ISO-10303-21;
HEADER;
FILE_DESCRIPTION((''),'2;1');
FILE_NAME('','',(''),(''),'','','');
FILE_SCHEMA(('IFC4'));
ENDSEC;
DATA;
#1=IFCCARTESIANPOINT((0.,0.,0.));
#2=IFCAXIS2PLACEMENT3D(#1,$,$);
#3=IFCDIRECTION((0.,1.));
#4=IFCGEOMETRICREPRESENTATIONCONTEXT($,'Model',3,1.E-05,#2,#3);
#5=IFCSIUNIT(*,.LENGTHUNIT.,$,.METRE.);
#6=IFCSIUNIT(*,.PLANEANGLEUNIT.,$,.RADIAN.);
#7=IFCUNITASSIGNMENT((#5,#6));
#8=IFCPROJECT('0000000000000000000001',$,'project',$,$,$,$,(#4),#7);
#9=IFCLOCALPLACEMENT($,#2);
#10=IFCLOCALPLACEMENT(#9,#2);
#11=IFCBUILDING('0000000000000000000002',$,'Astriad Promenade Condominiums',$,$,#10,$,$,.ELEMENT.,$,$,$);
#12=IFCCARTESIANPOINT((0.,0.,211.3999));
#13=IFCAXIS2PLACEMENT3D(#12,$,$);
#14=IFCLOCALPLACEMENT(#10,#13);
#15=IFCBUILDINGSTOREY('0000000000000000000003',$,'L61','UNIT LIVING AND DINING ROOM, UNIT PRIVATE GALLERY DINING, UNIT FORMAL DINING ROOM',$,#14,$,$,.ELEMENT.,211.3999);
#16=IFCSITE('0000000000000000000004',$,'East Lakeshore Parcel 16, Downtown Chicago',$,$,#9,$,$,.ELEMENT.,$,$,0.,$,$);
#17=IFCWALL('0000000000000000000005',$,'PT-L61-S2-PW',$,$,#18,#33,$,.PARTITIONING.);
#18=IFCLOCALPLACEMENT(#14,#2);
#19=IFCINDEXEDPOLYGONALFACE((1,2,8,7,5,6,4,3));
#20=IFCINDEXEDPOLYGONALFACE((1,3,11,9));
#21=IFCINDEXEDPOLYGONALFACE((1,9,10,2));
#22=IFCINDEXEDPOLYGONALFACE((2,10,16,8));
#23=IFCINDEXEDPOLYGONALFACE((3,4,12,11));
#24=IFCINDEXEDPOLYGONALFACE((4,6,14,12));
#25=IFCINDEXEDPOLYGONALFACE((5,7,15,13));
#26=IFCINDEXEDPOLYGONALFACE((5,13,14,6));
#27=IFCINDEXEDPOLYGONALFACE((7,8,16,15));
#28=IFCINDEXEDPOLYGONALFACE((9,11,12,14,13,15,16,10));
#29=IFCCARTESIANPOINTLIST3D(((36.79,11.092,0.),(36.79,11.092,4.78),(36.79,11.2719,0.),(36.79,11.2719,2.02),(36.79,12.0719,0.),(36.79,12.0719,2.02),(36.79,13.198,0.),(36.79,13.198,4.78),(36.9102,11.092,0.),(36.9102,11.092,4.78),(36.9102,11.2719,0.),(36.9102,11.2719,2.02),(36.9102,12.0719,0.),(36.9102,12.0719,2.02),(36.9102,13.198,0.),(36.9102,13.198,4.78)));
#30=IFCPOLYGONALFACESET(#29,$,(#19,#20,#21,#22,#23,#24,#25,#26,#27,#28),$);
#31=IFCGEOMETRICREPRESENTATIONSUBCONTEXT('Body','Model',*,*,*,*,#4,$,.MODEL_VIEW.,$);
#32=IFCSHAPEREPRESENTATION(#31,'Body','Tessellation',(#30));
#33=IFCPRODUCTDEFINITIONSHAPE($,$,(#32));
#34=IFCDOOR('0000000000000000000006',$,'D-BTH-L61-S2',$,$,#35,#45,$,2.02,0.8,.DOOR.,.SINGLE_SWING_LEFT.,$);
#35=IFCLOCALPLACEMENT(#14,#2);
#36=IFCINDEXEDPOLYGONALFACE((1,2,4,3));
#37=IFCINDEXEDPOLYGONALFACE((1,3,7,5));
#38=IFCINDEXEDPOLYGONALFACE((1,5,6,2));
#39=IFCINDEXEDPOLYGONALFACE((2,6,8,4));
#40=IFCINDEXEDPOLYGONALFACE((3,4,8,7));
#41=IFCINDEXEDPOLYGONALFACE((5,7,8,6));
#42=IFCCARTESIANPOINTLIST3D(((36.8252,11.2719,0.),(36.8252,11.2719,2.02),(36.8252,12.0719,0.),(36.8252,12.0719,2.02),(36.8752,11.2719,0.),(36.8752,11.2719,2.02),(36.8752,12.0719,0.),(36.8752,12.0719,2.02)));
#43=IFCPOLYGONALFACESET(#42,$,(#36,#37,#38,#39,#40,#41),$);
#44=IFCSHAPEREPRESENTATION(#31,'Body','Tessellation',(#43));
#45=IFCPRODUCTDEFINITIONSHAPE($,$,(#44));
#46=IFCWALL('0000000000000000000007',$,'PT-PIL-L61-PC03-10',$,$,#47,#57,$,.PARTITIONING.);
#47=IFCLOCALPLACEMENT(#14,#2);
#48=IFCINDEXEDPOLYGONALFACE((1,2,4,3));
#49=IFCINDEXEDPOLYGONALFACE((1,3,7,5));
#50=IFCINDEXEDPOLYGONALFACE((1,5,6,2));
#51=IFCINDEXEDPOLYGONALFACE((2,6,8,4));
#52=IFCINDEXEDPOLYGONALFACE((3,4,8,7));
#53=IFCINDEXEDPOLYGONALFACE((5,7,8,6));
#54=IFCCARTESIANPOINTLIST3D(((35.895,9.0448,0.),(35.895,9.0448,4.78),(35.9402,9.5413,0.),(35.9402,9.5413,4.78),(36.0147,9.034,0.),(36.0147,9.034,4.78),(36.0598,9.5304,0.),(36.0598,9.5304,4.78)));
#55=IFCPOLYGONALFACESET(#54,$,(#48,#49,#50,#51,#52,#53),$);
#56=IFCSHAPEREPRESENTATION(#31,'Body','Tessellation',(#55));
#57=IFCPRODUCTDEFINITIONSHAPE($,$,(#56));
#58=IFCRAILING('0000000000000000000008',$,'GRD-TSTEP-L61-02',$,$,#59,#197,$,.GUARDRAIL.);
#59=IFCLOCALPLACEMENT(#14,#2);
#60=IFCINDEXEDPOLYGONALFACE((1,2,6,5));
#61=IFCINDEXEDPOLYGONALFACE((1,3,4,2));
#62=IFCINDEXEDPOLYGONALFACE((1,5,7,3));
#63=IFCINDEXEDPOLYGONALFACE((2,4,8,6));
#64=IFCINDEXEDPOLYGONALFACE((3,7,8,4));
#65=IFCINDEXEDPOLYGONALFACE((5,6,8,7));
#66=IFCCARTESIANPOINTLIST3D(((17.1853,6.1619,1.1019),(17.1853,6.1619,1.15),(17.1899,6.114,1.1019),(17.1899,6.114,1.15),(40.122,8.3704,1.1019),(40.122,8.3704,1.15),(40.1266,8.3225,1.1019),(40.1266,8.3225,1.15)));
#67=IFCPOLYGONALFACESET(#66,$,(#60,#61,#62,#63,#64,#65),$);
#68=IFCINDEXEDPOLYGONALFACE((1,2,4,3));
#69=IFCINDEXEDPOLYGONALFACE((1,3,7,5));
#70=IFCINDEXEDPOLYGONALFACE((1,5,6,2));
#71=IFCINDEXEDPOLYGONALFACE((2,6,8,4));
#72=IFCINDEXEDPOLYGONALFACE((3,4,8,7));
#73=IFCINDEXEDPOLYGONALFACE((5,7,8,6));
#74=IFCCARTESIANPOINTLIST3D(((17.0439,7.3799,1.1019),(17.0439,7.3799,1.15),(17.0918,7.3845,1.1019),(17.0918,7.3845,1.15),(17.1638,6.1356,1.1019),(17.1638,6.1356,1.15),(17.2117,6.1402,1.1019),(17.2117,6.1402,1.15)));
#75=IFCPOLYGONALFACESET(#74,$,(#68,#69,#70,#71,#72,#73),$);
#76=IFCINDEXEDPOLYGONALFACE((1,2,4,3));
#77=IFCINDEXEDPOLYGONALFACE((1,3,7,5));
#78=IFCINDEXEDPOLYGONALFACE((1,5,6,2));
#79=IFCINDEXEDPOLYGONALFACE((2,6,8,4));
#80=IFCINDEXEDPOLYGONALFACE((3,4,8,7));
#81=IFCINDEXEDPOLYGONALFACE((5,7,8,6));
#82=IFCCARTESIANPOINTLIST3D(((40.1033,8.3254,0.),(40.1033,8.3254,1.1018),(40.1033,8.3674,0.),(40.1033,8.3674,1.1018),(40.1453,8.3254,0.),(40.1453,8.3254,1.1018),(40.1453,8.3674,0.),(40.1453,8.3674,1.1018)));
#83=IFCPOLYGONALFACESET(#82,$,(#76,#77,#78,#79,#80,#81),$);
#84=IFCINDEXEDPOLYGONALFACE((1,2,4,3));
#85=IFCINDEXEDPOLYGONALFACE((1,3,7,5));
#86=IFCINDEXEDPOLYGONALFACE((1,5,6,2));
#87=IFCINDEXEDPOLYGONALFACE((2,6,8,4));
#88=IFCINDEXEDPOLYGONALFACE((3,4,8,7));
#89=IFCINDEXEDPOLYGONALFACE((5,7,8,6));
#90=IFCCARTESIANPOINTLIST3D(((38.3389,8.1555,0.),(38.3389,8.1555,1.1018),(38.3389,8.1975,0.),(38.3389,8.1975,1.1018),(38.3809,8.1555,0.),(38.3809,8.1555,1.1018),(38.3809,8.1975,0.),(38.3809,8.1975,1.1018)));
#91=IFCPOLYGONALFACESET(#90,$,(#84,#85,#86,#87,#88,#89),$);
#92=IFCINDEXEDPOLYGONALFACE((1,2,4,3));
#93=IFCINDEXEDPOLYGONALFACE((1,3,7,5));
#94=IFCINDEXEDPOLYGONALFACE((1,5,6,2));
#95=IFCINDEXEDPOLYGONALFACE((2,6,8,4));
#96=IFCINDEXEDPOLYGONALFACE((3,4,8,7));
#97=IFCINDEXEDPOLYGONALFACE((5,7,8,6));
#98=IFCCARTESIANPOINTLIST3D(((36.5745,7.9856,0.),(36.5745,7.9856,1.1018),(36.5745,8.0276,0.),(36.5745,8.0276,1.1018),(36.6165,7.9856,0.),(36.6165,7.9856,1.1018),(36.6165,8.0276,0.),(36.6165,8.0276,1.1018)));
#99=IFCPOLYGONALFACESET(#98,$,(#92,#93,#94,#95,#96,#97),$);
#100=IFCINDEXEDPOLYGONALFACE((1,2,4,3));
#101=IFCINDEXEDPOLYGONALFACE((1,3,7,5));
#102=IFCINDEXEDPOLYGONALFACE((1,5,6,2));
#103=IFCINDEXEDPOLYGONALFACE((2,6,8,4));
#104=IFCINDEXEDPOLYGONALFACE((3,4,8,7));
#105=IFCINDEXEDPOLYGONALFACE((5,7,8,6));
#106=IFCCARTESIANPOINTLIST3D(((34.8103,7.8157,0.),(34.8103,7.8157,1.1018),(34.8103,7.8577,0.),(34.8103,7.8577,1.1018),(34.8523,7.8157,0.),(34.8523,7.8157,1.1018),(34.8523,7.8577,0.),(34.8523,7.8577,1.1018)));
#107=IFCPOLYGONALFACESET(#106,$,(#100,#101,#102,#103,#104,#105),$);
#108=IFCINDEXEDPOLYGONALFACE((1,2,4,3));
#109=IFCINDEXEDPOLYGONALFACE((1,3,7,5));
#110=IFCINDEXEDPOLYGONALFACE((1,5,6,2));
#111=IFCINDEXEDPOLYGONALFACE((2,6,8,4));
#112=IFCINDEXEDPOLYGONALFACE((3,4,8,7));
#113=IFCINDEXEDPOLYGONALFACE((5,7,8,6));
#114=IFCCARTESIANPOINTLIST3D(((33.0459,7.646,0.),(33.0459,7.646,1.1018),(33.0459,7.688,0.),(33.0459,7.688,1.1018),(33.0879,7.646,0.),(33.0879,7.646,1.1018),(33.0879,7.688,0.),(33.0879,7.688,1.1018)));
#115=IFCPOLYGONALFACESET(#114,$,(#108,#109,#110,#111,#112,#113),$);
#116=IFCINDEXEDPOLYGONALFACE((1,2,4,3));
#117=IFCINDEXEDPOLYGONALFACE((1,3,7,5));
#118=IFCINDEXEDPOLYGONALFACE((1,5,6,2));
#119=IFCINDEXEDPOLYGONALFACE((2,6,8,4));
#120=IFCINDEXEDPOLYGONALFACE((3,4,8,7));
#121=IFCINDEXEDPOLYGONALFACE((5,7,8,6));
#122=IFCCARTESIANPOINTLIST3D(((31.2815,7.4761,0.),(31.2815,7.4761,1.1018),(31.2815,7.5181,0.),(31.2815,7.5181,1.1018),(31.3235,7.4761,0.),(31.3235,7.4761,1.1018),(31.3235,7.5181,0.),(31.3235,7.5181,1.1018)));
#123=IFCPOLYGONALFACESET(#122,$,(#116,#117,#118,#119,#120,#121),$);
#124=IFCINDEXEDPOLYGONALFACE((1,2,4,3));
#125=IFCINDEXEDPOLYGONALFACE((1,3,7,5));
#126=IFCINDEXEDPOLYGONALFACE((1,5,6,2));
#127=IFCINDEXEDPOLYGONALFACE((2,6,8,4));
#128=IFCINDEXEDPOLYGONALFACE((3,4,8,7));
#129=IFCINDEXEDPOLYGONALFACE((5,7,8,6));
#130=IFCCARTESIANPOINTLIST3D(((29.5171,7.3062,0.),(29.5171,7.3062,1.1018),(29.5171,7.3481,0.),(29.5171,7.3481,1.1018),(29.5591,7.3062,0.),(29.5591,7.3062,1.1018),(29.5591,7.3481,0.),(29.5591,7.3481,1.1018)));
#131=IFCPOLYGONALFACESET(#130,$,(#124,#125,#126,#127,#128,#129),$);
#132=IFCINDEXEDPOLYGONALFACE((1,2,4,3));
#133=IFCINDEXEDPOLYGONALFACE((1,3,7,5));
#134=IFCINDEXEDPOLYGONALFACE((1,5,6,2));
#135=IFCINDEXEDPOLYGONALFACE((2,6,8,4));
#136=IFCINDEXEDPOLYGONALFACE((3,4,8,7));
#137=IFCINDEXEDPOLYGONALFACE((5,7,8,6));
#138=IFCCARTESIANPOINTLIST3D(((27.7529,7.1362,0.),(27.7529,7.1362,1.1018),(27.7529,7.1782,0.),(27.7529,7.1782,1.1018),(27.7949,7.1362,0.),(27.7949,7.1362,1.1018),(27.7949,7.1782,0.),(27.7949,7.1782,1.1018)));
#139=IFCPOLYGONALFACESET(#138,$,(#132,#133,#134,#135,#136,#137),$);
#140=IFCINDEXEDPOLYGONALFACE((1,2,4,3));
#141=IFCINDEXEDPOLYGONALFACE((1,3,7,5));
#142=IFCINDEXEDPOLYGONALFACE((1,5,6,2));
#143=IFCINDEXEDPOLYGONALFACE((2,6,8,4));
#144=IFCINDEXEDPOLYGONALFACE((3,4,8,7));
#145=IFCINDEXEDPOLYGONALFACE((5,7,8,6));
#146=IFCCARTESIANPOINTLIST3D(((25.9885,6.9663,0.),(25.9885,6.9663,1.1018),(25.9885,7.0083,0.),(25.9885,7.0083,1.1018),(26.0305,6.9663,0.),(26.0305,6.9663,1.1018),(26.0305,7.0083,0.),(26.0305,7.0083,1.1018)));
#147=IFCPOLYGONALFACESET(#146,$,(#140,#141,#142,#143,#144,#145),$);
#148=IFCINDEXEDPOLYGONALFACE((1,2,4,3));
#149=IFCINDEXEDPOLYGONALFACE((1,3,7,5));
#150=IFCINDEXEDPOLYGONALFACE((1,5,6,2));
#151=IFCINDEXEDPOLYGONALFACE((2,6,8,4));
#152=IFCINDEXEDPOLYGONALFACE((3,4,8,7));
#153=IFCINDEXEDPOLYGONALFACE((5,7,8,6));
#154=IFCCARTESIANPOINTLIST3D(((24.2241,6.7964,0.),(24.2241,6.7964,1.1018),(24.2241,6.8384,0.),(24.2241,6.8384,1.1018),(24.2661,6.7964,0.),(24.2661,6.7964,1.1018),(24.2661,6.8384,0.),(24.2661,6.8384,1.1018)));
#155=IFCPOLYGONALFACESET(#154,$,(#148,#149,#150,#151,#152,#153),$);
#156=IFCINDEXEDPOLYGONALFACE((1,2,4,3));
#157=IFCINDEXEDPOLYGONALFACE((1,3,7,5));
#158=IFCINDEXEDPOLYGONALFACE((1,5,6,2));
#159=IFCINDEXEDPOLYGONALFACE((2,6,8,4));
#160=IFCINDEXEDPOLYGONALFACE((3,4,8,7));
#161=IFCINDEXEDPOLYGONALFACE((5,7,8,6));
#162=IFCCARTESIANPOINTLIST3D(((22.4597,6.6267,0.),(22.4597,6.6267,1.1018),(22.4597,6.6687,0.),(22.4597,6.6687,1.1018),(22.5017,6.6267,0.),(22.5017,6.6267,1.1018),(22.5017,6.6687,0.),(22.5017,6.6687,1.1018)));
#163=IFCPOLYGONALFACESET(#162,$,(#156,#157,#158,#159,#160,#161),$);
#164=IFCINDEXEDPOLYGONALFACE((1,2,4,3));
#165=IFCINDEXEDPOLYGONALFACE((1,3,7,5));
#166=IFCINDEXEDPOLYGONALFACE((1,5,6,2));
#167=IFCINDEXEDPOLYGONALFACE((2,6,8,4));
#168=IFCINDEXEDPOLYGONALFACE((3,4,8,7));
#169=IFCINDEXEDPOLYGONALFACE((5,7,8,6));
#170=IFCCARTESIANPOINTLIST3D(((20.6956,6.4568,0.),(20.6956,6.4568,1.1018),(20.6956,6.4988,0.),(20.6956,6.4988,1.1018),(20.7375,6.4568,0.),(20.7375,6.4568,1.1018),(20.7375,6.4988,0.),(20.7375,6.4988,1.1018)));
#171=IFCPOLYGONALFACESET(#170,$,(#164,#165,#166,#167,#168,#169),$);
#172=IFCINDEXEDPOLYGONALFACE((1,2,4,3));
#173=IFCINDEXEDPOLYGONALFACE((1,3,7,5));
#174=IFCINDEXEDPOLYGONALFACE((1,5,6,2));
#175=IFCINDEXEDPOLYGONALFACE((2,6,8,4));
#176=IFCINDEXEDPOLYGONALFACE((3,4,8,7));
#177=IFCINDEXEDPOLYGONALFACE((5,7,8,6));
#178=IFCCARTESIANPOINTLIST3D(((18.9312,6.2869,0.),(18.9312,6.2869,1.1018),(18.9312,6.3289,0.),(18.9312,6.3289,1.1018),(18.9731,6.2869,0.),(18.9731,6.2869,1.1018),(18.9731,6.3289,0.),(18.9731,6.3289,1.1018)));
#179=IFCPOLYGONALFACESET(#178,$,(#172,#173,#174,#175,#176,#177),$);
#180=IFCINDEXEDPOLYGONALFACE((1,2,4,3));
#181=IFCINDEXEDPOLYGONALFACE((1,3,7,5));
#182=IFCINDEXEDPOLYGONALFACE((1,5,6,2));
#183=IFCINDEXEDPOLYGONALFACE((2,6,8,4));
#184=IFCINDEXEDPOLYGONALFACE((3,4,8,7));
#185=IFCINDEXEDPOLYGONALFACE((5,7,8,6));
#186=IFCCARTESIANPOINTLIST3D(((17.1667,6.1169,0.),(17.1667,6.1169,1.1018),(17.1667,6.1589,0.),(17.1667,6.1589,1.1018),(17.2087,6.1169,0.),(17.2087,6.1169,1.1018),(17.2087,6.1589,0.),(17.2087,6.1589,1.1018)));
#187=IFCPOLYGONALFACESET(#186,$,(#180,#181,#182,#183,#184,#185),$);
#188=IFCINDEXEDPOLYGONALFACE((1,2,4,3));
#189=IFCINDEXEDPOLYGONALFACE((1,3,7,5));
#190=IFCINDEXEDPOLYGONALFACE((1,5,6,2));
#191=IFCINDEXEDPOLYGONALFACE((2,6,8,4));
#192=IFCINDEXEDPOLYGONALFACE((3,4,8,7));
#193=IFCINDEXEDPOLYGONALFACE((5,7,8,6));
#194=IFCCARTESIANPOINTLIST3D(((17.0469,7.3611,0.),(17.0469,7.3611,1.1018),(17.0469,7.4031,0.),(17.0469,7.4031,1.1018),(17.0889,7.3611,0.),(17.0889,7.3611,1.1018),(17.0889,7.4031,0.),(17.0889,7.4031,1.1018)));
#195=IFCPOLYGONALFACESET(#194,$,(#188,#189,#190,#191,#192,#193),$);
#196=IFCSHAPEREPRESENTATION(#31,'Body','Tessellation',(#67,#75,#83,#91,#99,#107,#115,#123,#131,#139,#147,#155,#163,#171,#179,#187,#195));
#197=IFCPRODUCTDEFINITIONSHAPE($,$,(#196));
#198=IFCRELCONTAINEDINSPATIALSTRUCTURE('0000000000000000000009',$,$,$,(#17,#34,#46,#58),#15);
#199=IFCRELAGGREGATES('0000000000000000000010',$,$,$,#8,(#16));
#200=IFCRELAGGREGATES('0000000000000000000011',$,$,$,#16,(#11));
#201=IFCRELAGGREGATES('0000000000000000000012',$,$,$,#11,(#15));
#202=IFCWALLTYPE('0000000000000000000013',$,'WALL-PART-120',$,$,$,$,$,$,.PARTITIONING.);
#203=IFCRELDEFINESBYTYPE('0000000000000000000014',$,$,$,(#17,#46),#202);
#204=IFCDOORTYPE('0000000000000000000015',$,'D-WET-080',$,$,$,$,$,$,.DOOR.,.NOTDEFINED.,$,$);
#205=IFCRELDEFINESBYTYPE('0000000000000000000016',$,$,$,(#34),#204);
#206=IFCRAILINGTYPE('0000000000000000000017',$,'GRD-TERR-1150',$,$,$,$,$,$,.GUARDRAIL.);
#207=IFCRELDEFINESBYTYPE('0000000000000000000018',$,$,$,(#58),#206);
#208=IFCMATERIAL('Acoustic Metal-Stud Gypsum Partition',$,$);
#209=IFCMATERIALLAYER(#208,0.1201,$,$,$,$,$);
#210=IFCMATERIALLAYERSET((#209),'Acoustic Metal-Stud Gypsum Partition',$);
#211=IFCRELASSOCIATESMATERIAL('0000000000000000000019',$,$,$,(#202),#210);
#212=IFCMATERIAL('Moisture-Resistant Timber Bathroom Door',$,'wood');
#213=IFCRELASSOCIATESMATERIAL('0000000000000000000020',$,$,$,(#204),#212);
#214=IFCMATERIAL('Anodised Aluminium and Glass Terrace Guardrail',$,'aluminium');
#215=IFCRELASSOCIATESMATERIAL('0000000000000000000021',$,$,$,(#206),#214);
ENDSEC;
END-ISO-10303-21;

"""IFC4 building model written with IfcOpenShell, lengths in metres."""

from ifc_helpers import new_model, si_unit, direction, frame, frame_2d, origin, origin_2d, place, context, subcontext, project, spatial, rectangle, extrude, source, transform, mapped, material, layer, layer_set, type_object, type_shapes, element, fill, save


model = new_model("IFC4")

# Units and contexts
model_context = context("Model", 3, precision=1e-05, world=origin(), true_north=direction((0.0, 1.0)))
body_context = subcontext(model_context, "Body", "Model", "MODEL_VIEW")
ifc_project = project(units=[si_unit("LENGTHUNIT", "METRE"), si_unit("PLANEANGLEUNIT", "RADIAN")], contexts=[model_context])

# Site, building, storey
site_placement = place(None, origin())
site = spatial("IfcSite", under=ifc_project, at=site_placement, Name="East Lakeshore Parcel 16, Downtown Chicago", CompositionType="ELEMENT", RefElevation=0.0)
building_placement = place(site_placement, origin())
building = spatial("IfcBuilding", under=site, at=building_placement, Name="Astriad Promenade Condominiums", CompositionType="ELEMENT")
storey_placement = place(building_placement, frame((0.0, 0.0, 211.3999)))
storey = spatial("IfcBuildingStorey", under=building, at=storey_placement, Name="L61", Description="UNIT LIVING AND DINING ROOM, UNIT PRIVATE GALLERY DINING, UNIT FORMAL DINING ROOM", CompositionType="ELEMENT", Elevation=211.3999)

# Shared definitions
ifc_material_1 = material(Name="Acoustic Metal-Stud Gypsum Partition")
ifc_layer_1 = layer(ifc_material_1, 0.1201)
ifc_layer_set_1 = layer_set([ifc_layer_1], Name="Acoustic Metal-Stud Gypsum Partition")
wall_type_1 = type_object("IfcWallType", Name="WALL-PART-120", PredefinedType="PARTITIONING", material=ifc_layer_set_1)

# Wall, opening, door
wall_1_placement = place(storey_placement, frame((36.8501, 11.092, 0.0), z_axis=(0.0, 0.0, 1.0), x_axis=(0.0, 1.0, 0.0)))
wall_1 = element("IfcWall", 1, at=wall_1_placement, inside=storey, type_object=wall_type_1, Name="PT-L61-S2-PW", PredefinedType="PARTITIONING", context=body_context, shape_type="SweptSolid", body=[
    extrude(rectangle(XDim=2.106, YDim=0.1201, at=frame_2d((1.053, 0.0))), origin(), (0.0, 0.0, 1.0), 4.78),
])
opening_1_placement = place(wall_1_placement, frame((0.1799, 0.0, 0.0)))
opening_1 = element("IfcOpeningElement", 2, at=opening_1_placement, cuts=wall_1, PredefinedType="OPENING", context=body_context, shape_type="SweptSolid", body=[
    extrude(rectangle(XDim=0.8, YDim=2.02, at=frame_2d((0.3999, 1.01))), frame((0.0, 0.0701, 0.0), z_axis=(0.0, -1.0, 0.0), x_axis=(1.0, 0.0, 0.0)), (0.0, 0.0, 1.0), 0.1401),
])
ifc_material_2 = material(Name="Moisture-Resistant Timber Bathroom Door", Category="wood")
door_type = type_object("IfcDoorType", Name="D-WET-080", OperationType="NOTDEFINED", PredefinedType="DOOR", material=ifc_material_2)
shared_shape_1 = source(origin(), body_context, "Body", "SweptSolid", [
    extrude(rectangle(XDim=0.8, YDim=2.02, at=frame_2d((0.3999, 1.01))), frame((0.0, 0.0249, 0.0), z_axis=(0.0, -1.0, 0.0), x_axis=(1.0, 0.0, 0.0)), (0.0, 0.0, 1.0), 0.05),
])
type_shapes(door_type, [shared_shape_1])
door_placement = place(opening_1_placement, origin())
door = element("IfcDoor", 3, at=door_placement, inside=storey, type_object=door_type, Name="D-BTH-L61-S2", OperationType="SINGLE_SWING_LEFT", OverallHeight=2.02, OverallWidth=0.8, PredefinedType="DOOR", context=body_context, shape_type="MappedRepresentation", body=[
    mapped(shared_shape_1, transform((0.0, 0.0, 0.0), scale=1.0)),
])
fill(opening_1, door)

# Wall
wall_2_placement = place(storey_placement, frame((36.0, 9.5359, 0.0), z_axis=(0.0, 0.0, 1.0), x_axis=(-0.09058, -0.995889, 0.0)))
element("IfcWall", 4, at=wall_2_placement, inside=storey, type_object=wall_type_1, Name="PT-PIL-L61-PC03-10", PredefinedType="PARTITIONING", context=body_context, shape_type="SweptSolid", body=[
    extrude(rectangle(XDim=0.4985, YDim=0.1201, at=frame_2d((0.2493, 0.0))), origin(), (0.0, 0.0, 1.0), 4.78),
])

# Railing
ifc_material_3 = material(Name="Anodised Aluminium and Glass Terrace Guardrail", Category="aluminium")
railing_type = type_object("IfcRailingType", Name="GRD-TERR-1150", PredefinedType="GUARDRAIL", material=ifc_material_3)
shared_shape_2 = source(origin(), body_context, "Body", "SweptSolid", [
    extrude(rectangle(XDim=0.0481, YDim=0.0481, at=origin_2d()), frame((0.0, 0.0, 1.126), z_axis=(-0.995396, -0.095844, 0.0), x_axis=(0.095844, -0.995396, 0.0)), (0.0, 0.0, 1.0), 23.0427),
    extrude(rectangle(XDim=0.0481, YDim=0.0481, at=origin_2d()), frame((-22.9365, -2.2085, 1.126), z_axis=(-0.095906, 0.99539, 0.0), x_axis=(-0.99539, -0.095906, 0.0)), (0.0, 0.0, 1.0), 1.25),
    extrude(rectangle(XDim=0.042, YDim=0.042, at=origin_2d()), origin(), (0.0, 0.0, 1.0), 1.1018),
    extrude(rectangle(XDim=0.042, YDim=0.042, at=origin_2d()), frame((-1.7644, -0.1699, 0.0)), (0.0, 0.0, 1.0), 1.1018),
    extrude(rectangle(XDim=0.042, YDim=0.042, at=origin_2d()), frame((-3.5288, -0.3398, 0.0)), (0.0, 0.0, 1.0), 1.1018),
    extrude(rectangle(XDim=0.042, YDim=0.042, at=origin_2d()), frame((-5.293, -0.5098, 0.0)), (0.0, 0.0, 1.0), 1.1018),
    extrude(rectangle(XDim=0.042, YDim=0.042, at=origin_2d()), frame((-7.0574, -0.6794, 0.0)), (0.0, 0.0, 1.0), 1.1018),
    extrude(rectangle(XDim=0.042, YDim=0.042, at=origin_2d()), frame((-8.8218, -0.8494, 0.0)), (0.0, 0.0, 1.0), 1.1018),
    extrude(rectangle(XDim=0.042, YDim=0.042, at=origin_2d()), frame((-10.5862, -1.0193, 0.0)), (0.0, 0.0, 1.0), 1.1018),
    extrude(rectangle(XDim=0.042, YDim=0.042, at=origin_2d()), frame((-12.3503, -1.1892, 0.0)), (0.0, 0.0, 1.0), 1.1018),
    extrude(rectangle(XDim=0.042, YDim=0.042, at=origin_2d()), frame((-14.1147, -1.3591, 0.0)), (0.0, 0.0, 1.0), 1.1018),
    extrude(rectangle(XDim=0.042, YDim=0.042, at=origin_2d()), frame((-15.8792, -1.5291, 0.0)), (0.0, 0.0, 1.0), 1.1018),
    extrude(rectangle(XDim=0.042, YDim=0.042, at=origin_2d()), frame((-17.6436, -1.6987, 0.0)), (0.0, 0.0, 1.0), 1.1018),
    extrude(rectangle(XDim=0.042, YDim=0.042, at=origin_2d()), frame((-19.4077, -1.8687, 0.0)), (0.0, 0.0, 1.0), 1.1018),
    extrude(rectangle(XDim=0.042, YDim=0.042, at=origin_2d()), frame((-21.1721, -2.0386, 0.0)), (0.0, 0.0, 1.0), 1.1018),
    extrude(rectangle(XDim=0.042, YDim=0.042, at=origin_2d()), frame((-22.9365, -2.2085, 0.0)), (0.0, 0.0, 1.0), 1.1018),
    extrude(rectangle(XDim=0.042, YDim=0.042, at=origin_2d()), frame((-23.0564, -0.9644, 0.0)), (0.0, 0.0, 1.0), 1.1018),
])
type_shapes(railing_type, [shared_shape_2])
railing_placement = place(storey_placement, frame((40.1243, 8.3464, 0.0)))
element("IfcRailing", 5, at=railing_placement, inside=storey, type_object=railing_type, Name="GRD-TSTEP-L61-02", PredefinedType="GUARDRAIL", context=body_context, shape_type="MappedRepresentation", body=[
    mapped(shared_shape_2, transform((0.0, 0.0, 0.0), scale=1.0)),
])

save(model, "model.ifc")
